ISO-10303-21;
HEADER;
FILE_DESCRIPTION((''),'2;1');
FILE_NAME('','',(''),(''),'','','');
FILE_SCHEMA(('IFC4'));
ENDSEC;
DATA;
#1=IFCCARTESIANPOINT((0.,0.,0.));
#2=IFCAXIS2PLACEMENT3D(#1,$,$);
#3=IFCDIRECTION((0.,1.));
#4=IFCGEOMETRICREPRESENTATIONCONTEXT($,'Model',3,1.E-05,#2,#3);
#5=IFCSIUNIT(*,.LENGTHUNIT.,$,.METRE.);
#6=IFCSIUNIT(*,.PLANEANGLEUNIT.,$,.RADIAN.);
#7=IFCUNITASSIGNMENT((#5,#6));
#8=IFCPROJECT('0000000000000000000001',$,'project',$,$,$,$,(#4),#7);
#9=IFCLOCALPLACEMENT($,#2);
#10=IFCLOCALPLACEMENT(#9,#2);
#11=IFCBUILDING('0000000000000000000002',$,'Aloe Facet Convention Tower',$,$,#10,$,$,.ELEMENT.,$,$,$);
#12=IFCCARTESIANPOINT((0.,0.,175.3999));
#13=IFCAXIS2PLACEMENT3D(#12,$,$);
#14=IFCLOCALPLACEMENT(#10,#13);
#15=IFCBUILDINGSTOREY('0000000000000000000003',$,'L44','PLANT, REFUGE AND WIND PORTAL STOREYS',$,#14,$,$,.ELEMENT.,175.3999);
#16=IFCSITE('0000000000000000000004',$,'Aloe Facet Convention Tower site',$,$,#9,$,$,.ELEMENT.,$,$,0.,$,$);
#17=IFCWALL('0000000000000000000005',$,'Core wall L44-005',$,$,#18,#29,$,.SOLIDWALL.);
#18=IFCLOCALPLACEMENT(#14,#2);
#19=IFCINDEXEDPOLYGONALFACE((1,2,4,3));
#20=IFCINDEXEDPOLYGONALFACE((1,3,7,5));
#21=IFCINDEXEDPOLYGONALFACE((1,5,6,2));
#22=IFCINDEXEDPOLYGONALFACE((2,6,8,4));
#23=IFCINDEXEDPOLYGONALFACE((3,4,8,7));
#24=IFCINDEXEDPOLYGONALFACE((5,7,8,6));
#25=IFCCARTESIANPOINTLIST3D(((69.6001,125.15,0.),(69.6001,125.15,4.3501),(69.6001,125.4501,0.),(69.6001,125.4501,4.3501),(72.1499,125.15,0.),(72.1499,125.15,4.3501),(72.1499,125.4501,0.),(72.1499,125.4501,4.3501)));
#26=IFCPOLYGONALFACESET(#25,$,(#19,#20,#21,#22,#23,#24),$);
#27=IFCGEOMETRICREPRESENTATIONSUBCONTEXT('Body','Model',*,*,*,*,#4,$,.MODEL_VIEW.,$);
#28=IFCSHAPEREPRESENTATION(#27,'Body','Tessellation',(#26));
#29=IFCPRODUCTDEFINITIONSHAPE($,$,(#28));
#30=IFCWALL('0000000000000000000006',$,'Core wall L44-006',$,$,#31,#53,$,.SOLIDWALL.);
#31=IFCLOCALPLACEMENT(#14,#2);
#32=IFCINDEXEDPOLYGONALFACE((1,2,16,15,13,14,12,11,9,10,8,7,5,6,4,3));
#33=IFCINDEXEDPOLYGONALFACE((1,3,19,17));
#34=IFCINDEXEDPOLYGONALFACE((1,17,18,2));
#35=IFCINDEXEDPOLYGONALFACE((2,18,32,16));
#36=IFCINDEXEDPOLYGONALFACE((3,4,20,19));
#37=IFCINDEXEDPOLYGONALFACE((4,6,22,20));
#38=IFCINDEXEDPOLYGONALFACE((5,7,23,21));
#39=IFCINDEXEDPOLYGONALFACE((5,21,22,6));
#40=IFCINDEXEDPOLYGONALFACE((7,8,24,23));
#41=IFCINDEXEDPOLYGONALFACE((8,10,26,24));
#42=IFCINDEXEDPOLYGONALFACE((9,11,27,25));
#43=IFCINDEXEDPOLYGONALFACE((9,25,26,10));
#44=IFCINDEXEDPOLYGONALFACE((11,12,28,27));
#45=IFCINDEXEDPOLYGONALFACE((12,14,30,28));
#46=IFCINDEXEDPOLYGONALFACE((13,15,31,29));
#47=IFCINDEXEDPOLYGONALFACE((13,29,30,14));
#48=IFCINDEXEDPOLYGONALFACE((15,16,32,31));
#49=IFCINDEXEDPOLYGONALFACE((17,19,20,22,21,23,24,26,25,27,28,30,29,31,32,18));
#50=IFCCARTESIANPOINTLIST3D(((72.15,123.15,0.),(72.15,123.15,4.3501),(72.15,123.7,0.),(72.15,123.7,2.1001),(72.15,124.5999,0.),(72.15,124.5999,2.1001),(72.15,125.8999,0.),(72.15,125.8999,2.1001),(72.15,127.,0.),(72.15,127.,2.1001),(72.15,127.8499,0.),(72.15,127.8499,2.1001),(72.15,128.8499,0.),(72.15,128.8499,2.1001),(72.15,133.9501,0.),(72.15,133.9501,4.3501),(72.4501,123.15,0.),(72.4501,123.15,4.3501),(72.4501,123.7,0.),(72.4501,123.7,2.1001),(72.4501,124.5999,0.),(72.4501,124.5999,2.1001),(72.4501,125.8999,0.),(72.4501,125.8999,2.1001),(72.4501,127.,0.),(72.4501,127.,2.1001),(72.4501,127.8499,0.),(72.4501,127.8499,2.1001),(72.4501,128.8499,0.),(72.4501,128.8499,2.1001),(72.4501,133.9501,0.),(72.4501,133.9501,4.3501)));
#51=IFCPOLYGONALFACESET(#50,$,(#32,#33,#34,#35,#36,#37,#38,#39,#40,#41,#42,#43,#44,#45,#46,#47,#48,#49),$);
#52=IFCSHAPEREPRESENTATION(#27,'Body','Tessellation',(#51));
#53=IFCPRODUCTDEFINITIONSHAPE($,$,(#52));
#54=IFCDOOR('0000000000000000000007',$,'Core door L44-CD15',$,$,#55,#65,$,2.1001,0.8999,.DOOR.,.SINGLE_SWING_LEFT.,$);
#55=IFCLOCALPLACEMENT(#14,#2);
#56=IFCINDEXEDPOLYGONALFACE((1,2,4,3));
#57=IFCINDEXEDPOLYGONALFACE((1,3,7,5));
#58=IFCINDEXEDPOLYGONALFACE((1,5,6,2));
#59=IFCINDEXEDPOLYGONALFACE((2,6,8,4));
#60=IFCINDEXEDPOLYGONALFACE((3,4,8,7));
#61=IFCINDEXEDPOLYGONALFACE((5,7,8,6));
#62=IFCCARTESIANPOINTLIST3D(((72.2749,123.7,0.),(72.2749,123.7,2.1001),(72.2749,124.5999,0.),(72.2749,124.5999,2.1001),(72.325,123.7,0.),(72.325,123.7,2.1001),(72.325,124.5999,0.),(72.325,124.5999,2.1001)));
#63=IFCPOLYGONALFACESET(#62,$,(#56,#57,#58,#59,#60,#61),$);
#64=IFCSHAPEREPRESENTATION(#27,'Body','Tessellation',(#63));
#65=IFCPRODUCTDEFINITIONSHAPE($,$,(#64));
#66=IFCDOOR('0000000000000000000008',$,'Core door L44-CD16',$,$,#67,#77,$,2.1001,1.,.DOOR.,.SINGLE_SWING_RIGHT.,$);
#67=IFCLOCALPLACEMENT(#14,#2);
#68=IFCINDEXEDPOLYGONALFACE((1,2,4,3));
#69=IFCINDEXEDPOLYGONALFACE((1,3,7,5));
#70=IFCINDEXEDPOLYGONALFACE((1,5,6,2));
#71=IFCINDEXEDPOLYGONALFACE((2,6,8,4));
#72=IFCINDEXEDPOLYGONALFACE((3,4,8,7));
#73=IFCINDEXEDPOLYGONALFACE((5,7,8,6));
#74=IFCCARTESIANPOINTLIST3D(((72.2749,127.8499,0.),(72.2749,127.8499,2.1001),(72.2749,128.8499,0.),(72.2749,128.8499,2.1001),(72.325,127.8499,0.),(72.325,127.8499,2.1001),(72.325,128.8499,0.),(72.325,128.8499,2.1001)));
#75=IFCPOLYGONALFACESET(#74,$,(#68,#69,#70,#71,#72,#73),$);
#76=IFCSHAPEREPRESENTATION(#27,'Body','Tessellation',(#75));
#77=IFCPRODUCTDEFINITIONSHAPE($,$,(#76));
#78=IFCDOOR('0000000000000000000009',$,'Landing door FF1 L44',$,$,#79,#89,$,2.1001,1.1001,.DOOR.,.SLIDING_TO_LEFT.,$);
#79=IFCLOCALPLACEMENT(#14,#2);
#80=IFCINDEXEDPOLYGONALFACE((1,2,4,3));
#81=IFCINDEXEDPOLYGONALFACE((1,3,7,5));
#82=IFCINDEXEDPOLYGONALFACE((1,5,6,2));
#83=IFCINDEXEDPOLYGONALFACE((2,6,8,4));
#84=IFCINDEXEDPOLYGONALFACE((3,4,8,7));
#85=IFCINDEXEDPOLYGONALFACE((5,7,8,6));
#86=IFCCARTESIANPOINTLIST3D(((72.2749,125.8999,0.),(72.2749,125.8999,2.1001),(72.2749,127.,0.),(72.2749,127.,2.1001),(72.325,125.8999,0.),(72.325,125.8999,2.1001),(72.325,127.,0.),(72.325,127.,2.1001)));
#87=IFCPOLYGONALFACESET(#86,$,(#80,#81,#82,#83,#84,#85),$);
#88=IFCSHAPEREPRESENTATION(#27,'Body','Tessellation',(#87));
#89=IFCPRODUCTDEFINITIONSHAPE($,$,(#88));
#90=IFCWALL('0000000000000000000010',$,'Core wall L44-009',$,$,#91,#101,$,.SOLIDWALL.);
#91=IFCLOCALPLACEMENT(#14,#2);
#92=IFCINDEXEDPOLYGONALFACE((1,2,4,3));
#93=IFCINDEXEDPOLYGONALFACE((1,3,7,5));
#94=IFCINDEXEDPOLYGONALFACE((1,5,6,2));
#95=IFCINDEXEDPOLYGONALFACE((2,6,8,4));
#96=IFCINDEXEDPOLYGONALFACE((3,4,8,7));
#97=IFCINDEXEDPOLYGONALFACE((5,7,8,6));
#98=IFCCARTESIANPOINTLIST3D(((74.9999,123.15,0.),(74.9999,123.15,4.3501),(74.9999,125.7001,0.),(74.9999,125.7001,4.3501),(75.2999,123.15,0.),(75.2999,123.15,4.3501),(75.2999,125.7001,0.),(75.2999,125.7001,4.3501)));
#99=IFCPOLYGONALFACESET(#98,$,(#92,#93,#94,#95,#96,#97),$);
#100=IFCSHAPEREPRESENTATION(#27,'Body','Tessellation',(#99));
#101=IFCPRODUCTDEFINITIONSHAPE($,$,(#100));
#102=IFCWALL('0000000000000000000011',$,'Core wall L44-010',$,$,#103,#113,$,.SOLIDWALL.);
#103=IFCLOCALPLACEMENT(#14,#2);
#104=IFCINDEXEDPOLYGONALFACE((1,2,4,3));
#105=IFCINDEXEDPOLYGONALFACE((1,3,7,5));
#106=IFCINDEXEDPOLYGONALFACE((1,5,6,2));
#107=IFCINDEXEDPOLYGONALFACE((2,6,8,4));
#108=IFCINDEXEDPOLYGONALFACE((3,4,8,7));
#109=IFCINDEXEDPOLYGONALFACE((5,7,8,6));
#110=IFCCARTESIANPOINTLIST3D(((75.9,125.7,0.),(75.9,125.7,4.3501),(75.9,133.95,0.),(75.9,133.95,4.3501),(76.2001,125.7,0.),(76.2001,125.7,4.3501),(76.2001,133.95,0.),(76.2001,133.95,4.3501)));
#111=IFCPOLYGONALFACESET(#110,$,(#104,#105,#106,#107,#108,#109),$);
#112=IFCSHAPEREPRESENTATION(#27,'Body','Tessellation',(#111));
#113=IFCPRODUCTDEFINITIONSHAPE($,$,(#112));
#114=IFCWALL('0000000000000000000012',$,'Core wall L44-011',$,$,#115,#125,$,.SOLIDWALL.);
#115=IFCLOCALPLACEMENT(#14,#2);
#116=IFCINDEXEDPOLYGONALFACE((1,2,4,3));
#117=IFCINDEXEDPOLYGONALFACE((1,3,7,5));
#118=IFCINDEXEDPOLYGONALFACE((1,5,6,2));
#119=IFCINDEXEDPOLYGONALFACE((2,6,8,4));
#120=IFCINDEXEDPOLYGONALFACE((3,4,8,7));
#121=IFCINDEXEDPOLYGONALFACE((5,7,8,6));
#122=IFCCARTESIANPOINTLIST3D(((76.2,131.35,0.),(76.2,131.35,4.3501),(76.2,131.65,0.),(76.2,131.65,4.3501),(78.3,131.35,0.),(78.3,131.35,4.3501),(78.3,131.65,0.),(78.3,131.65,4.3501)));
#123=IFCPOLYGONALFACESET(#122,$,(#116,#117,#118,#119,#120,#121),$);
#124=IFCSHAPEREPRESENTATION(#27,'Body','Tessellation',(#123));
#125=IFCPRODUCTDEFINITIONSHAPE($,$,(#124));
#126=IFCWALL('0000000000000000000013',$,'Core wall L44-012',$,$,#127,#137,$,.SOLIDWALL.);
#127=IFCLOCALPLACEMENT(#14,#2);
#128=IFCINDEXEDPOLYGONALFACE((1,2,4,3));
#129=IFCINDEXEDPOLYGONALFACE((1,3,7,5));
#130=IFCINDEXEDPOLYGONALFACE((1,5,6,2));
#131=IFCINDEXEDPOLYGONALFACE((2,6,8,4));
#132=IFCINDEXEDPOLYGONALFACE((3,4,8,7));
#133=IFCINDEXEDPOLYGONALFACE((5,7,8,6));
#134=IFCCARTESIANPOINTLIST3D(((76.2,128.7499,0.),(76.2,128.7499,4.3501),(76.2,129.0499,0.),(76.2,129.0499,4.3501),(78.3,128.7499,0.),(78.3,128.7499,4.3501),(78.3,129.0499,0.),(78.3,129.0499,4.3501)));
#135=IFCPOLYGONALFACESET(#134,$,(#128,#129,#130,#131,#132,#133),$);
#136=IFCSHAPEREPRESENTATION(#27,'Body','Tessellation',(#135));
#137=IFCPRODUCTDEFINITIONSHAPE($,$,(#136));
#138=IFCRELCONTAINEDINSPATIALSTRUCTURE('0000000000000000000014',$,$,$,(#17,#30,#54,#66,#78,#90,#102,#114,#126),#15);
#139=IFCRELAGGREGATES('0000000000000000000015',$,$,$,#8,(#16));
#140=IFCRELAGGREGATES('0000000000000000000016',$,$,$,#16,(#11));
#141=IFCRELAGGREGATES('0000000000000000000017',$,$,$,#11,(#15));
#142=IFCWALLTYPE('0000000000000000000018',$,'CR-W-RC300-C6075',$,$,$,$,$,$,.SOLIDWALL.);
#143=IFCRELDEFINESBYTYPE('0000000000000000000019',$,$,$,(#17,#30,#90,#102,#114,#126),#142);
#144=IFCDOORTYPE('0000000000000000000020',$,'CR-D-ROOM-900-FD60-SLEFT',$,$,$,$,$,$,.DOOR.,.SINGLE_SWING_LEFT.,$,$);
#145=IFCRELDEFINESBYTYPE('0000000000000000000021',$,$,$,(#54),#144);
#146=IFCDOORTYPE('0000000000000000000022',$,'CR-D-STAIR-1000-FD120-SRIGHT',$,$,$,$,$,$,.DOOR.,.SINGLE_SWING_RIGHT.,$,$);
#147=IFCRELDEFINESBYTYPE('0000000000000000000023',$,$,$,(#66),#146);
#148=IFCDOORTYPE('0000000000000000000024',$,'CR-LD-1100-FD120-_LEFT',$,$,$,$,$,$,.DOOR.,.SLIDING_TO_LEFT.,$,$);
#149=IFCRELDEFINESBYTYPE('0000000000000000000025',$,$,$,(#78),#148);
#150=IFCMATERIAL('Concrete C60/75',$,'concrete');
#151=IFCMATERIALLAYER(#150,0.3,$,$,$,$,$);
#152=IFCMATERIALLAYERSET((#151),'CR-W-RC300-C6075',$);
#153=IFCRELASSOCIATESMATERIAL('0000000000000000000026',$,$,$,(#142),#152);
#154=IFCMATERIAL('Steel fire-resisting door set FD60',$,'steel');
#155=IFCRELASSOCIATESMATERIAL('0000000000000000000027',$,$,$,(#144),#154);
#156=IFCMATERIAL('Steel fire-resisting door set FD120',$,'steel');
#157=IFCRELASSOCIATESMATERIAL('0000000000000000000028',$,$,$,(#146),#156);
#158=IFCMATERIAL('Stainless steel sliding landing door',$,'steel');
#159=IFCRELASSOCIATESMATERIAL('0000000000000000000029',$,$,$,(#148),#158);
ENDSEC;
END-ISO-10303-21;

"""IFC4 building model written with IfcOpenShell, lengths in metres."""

from ifc_helpers import new_model, si_unit, direction, frame, frame_2d, origin, place, context, subcontext, project, spatial, rectangle, extrude, material, layer, layer_set, type_object, element, fill, save


model = new_model("IFC4")

# Units and contexts
model_context = context("Model", 3, precision=1e-05, world=origin(), true_north=direction((0.0, 1.0)))
body_context = subcontext(model_context, "Body", "Model", "MODEL_VIEW")
ifc_project = project(units=[si_unit("LENGTHUNIT", "METRE"), si_unit("PLANEANGLEUNIT", "RADIAN")], contexts=[model_context])

# Site, building, storey
site_placement = place(None, origin())
site = spatial("IfcSite", under=ifc_project, at=site_placement, Name="Aloe Facet Convention Tower site", CompositionType="ELEMENT", RefElevation=0.0)
building_placement = place(site_placement, origin())
building = spatial("IfcBuilding", under=site, at=building_placement, Name="Aloe Facet Convention Tower", CompositionType="ELEMENT")
storey_placement = place(building_placement, frame((0.0, 0.0, 175.3999)))
storey = spatial("IfcBuildingStorey", under=building, at=storey_placement, Name="L44", Description="PLANT, REFUGE AND WIND PORTAL STOREYS", CompositionType="ELEMENT", Elevation=175.3999)

# Wall
ifc_material_1 = material(Name="Concrete C60/75", Category="concrete")
ifc_layer_1 = layer(ifc_material_1, 0.3)
ifc_layer_set_1 = layer_set([ifc_layer_1], Name="CR-W-RC300-C6075")
wall_type_1 = type_object("IfcWallType", Name="CR-W-RC300-C6075", PredefinedType="SOLIDWALL", material=ifc_layer_set_1)
for number, where, z_axis, x_axis, name in (
    (1, (69.6001, 125.3, 0.0), (0.0, 0.0, 1.0), (1.0, 0.0, 0.0), "Core wall L44-005"),
):
    element("IfcWall", number, at=place(storey_placement, frame(where, z_axis=z_axis, x_axis=x_axis)), inside=storey, type_object=wall_type_1, Name=name, PredefinedType="SOLIDWALL", context=body_context, shape_type="SweptSolid", body=[
        extrude(rectangle(XDim=2.5498, YDim=0.3, at=frame_2d((1.2749, 0.0))), origin(), (0.0, 0.0, 1.0), 4.3501),
    ])

# Wall, openings, doors
wall_1_placement = place(storey_placement, frame((72.3, 133.95, 0.0), z_axis=(0.0, 0.0, 1.0), x_axis=(0.0, -1.0, 0.0)))
wall_1 = element("IfcWall", 2, at=wall_1_placement, inside=storey, type_object=wall_type_1, Name="Core wall L44-006", PredefinedType="SOLIDWALL", context=body_context, shape_type="SweptSolid", body=[
    extrude(rectangle(XDim=10.8, YDim=0.3, at=frame_2d((5.3999, 0.0))), origin(), (0.0, 0.0, 1.0), 4.3501),
])
opening_1_placement = place(wall_1_placement, frame((6.95, 0.0, 0.0)))
opening_1 = element("IfcOpeningElement", 3, at=opening_1_placement, cuts=wall_1, PredefinedType="OPENING", context=body_context, shape_type="SweptSolid", body=[
    extrude(rectangle(XDim=1.1001, YDim=2.1001, at=frame_2d((0.55, 1.05))), frame((0.0, 0.1602, 0.0), z_axis=(0.0, -1.0, 0.0), x_axis=(1.0, 0.0, 0.0)), (0.0, 0.0, 1.0), 0.3201),
])
opening_2_placement = place(wall_1_placement, frame((9.3501, 0.0, 0.0)))
opening_2 = element("IfcOpeningElement", 4, at=opening_2_placement, cuts=wall_1, PredefinedType="OPENING", context=body_context, shape_type="SweptSolid", body=[
    extrude(rectangle(XDim=0.8999, YDim=2.1001, at=frame_2d((0.45, 1.05))), frame((0.0, 0.1602, 0.0), z_axis=(0.0, -1.0, 0.0), x_axis=(1.0, 0.0, 0.0)), (0.0, 0.0, 1.0), 0.3201),
])
opening_3_placement = place(wall_1_placement, frame((5.1001, 0.0, 0.0)))
opening_3 = element("IfcOpeningElement", 5, at=opening_3_placement, cuts=wall_1, PredefinedType="OPENING", context=body_context, shape_type="SweptSolid", body=[
    extrude(rectangle(XDim=1.0, YDim=2.1001, at=frame_2d((0.5, 1.05))), frame((0.0, 0.1602, 0.0), z_axis=(0.0, -1.0, 0.0), x_axis=(1.0, 0.0, 0.0)), (0.0, 0.0, 1.0), 0.3201),
])
ifc_material_2 = material(Name="Steel fire-resisting door set FD60", Category="steel")
door_type_1 = type_object("IfcDoorType", Name="CR-D-ROOM-900-FD60-SLEFT", OperationType="SINGLE_SWING_LEFT", PredefinedType="DOOR", material=ifc_material_2)
door_1_placement = place(opening_2_placement, origin())
door_1 = element("IfcDoor", 6, at=door_1_placement, inside=storey, type_object=door_type_1, Name="Core door L44-CD15", OperationType="SINGLE_SWING_LEFT", OverallHeight=2.1001, OverallWidth=0.8999, PredefinedType="DOOR", context=body_context, shape_type="SweptSolid", body=[
    extrude(rectangle(XDim=0.8999, YDim=2.1001, at=frame_2d((0.45, 1.05))), frame((0.0, 0.0249, 0.0), z_axis=(0.0, -1.0, 0.0), x_axis=(1.0, 0.0, 0.0)), (0.0, 0.0, 1.0), 0.05),
])
fill(opening_2, door_1)
ifc_material_3 = material(Name="Steel fire-resisting door set FD120", Category="steel")
door_type_2 = type_object("IfcDoorType", Name="CR-D-STAIR-1000-FD120-SRIGHT", OperationType="SINGLE_SWING_RIGHT", PredefinedType="DOOR", material=ifc_material_3)
door_2_placement = place(opening_3_placement, origin())
door_2 = element("IfcDoor", 7, at=door_2_placement, inside=storey, type_object=door_type_2, Name="Core door L44-CD16", OperationType="SINGLE_SWING_RIGHT", OverallHeight=2.1001, OverallWidth=1.0, PredefinedType="DOOR", context=body_context, shape_type="SweptSolid", body=[
    extrude(rectangle(XDim=1.0, YDim=2.1001, at=frame_2d((0.5, 1.05))), frame((0.0, 0.0249, 0.0), z_axis=(0.0, -1.0, 0.0), x_axis=(1.0, 0.0, 0.0)), (0.0, 0.0, 1.0), 0.05),
])
fill(opening_3, door_2)
ifc_material_4 = material(Name="Stainless steel sliding landing door", Category="steel")
door_type_3 = type_object("IfcDoorType", Name="CR-LD-1100-FD120-_LEFT", OperationType="SLIDING_TO_LEFT", PredefinedType="DOOR", material=ifc_material_4)
door_3_placement = place(opening_1_placement, origin())
door_3 = element("IfcDoor", 8, at=door_3_placement, inside=storey, type_object=door_type_3, Name="Landing door FF1 L44", OperationType="SLIDING_TO_LEFT", OverallHeight=2.1001, OverallWidth=1.1001, PredefinedType="DOOR", context=body_context, shape_type="SweptSolid", body=[
    extrude(rectangle(XDim=1.1001, YDim=2.1001, at=frame_2d((0.55, 1.05))), frame((0.0, 0.0249, 0.0), z_axis=(0.0, -1.0, 0.0), x_axis=(1.0, 0.0, 0.0)), (0.0, 0.0, 1.0), 0.05),
])
fill(opening_1, door_3)

# Walls
wall_2_placement = place(storey_placement, frame((75.1499, 125.7, 0.0), z_axis=(0.0, 0.0, 1.0), x_axis=(0.0, -1.0, 0.0)))
element("IfcWall", 9, at=wall_2_placement, inside=storey, type_object=wall_type_1, Name="Core wall L44-009", PredefinedType="SOLIDWALL", context=body_context, shape_type="SweptSolid", body=[
    extrude(rectangle(XDim=2.55, YDim=0.3, at=frame_2d((1.2749, 0.0))), origin(), (0.0, 0.0, 1.0), 4.3501),
])
wall_3_placement = place(storey_placement, frame((76.05, 133.95, 0.0), z_axis=(0.0, 0.0, 1.0), x_axis=(0.0, -1.0, 0.0)))
element("IfcWall", 10, at=wall_3_placement, inside=storey, type_object=wall_type_1, Name="Core wall L44-010", PredefinedType="SOLIDWALL", context=body_context, shape_type="SweptSolid", body=[
    extrude(rectangle(XDim=8.25, YDim=0.3, at=frame_2d((4.125, 0.0))), origin(), (0.0, 0.0, 1.0), 4.3501),
])
for number, where, z_axis, x_axis, name in (
    (11, (76.2, 131.5, 0.0), (0.0, 0.0, 1.0), (1.0, 0.0, 0.0), "Core wall L44-011"),
    (12, (76.2, 128.8999, 0.0), (0.0, 0.0, 1.0), (1.0, 0.0, 0.0), "Core wall L44-012"),
):
    element("IfcWall", number, at=place(storey_placement, frame(where, z_axis=z_axis, x_axis=x_axis)), inside=storey, type_object=wall_type_1, Name=name, PredefinedType="SOLIDWALL", context=body_context, shape_type="SweptSolid", body=[
        extrude(rectangle(XDim=2.1001, YDim=0.3, at=frame_2d((1.05, 0.0))), origin(), (0.0, 0.0, 1.0), 4.3501),
    ])

save(model, "model.ifc")
